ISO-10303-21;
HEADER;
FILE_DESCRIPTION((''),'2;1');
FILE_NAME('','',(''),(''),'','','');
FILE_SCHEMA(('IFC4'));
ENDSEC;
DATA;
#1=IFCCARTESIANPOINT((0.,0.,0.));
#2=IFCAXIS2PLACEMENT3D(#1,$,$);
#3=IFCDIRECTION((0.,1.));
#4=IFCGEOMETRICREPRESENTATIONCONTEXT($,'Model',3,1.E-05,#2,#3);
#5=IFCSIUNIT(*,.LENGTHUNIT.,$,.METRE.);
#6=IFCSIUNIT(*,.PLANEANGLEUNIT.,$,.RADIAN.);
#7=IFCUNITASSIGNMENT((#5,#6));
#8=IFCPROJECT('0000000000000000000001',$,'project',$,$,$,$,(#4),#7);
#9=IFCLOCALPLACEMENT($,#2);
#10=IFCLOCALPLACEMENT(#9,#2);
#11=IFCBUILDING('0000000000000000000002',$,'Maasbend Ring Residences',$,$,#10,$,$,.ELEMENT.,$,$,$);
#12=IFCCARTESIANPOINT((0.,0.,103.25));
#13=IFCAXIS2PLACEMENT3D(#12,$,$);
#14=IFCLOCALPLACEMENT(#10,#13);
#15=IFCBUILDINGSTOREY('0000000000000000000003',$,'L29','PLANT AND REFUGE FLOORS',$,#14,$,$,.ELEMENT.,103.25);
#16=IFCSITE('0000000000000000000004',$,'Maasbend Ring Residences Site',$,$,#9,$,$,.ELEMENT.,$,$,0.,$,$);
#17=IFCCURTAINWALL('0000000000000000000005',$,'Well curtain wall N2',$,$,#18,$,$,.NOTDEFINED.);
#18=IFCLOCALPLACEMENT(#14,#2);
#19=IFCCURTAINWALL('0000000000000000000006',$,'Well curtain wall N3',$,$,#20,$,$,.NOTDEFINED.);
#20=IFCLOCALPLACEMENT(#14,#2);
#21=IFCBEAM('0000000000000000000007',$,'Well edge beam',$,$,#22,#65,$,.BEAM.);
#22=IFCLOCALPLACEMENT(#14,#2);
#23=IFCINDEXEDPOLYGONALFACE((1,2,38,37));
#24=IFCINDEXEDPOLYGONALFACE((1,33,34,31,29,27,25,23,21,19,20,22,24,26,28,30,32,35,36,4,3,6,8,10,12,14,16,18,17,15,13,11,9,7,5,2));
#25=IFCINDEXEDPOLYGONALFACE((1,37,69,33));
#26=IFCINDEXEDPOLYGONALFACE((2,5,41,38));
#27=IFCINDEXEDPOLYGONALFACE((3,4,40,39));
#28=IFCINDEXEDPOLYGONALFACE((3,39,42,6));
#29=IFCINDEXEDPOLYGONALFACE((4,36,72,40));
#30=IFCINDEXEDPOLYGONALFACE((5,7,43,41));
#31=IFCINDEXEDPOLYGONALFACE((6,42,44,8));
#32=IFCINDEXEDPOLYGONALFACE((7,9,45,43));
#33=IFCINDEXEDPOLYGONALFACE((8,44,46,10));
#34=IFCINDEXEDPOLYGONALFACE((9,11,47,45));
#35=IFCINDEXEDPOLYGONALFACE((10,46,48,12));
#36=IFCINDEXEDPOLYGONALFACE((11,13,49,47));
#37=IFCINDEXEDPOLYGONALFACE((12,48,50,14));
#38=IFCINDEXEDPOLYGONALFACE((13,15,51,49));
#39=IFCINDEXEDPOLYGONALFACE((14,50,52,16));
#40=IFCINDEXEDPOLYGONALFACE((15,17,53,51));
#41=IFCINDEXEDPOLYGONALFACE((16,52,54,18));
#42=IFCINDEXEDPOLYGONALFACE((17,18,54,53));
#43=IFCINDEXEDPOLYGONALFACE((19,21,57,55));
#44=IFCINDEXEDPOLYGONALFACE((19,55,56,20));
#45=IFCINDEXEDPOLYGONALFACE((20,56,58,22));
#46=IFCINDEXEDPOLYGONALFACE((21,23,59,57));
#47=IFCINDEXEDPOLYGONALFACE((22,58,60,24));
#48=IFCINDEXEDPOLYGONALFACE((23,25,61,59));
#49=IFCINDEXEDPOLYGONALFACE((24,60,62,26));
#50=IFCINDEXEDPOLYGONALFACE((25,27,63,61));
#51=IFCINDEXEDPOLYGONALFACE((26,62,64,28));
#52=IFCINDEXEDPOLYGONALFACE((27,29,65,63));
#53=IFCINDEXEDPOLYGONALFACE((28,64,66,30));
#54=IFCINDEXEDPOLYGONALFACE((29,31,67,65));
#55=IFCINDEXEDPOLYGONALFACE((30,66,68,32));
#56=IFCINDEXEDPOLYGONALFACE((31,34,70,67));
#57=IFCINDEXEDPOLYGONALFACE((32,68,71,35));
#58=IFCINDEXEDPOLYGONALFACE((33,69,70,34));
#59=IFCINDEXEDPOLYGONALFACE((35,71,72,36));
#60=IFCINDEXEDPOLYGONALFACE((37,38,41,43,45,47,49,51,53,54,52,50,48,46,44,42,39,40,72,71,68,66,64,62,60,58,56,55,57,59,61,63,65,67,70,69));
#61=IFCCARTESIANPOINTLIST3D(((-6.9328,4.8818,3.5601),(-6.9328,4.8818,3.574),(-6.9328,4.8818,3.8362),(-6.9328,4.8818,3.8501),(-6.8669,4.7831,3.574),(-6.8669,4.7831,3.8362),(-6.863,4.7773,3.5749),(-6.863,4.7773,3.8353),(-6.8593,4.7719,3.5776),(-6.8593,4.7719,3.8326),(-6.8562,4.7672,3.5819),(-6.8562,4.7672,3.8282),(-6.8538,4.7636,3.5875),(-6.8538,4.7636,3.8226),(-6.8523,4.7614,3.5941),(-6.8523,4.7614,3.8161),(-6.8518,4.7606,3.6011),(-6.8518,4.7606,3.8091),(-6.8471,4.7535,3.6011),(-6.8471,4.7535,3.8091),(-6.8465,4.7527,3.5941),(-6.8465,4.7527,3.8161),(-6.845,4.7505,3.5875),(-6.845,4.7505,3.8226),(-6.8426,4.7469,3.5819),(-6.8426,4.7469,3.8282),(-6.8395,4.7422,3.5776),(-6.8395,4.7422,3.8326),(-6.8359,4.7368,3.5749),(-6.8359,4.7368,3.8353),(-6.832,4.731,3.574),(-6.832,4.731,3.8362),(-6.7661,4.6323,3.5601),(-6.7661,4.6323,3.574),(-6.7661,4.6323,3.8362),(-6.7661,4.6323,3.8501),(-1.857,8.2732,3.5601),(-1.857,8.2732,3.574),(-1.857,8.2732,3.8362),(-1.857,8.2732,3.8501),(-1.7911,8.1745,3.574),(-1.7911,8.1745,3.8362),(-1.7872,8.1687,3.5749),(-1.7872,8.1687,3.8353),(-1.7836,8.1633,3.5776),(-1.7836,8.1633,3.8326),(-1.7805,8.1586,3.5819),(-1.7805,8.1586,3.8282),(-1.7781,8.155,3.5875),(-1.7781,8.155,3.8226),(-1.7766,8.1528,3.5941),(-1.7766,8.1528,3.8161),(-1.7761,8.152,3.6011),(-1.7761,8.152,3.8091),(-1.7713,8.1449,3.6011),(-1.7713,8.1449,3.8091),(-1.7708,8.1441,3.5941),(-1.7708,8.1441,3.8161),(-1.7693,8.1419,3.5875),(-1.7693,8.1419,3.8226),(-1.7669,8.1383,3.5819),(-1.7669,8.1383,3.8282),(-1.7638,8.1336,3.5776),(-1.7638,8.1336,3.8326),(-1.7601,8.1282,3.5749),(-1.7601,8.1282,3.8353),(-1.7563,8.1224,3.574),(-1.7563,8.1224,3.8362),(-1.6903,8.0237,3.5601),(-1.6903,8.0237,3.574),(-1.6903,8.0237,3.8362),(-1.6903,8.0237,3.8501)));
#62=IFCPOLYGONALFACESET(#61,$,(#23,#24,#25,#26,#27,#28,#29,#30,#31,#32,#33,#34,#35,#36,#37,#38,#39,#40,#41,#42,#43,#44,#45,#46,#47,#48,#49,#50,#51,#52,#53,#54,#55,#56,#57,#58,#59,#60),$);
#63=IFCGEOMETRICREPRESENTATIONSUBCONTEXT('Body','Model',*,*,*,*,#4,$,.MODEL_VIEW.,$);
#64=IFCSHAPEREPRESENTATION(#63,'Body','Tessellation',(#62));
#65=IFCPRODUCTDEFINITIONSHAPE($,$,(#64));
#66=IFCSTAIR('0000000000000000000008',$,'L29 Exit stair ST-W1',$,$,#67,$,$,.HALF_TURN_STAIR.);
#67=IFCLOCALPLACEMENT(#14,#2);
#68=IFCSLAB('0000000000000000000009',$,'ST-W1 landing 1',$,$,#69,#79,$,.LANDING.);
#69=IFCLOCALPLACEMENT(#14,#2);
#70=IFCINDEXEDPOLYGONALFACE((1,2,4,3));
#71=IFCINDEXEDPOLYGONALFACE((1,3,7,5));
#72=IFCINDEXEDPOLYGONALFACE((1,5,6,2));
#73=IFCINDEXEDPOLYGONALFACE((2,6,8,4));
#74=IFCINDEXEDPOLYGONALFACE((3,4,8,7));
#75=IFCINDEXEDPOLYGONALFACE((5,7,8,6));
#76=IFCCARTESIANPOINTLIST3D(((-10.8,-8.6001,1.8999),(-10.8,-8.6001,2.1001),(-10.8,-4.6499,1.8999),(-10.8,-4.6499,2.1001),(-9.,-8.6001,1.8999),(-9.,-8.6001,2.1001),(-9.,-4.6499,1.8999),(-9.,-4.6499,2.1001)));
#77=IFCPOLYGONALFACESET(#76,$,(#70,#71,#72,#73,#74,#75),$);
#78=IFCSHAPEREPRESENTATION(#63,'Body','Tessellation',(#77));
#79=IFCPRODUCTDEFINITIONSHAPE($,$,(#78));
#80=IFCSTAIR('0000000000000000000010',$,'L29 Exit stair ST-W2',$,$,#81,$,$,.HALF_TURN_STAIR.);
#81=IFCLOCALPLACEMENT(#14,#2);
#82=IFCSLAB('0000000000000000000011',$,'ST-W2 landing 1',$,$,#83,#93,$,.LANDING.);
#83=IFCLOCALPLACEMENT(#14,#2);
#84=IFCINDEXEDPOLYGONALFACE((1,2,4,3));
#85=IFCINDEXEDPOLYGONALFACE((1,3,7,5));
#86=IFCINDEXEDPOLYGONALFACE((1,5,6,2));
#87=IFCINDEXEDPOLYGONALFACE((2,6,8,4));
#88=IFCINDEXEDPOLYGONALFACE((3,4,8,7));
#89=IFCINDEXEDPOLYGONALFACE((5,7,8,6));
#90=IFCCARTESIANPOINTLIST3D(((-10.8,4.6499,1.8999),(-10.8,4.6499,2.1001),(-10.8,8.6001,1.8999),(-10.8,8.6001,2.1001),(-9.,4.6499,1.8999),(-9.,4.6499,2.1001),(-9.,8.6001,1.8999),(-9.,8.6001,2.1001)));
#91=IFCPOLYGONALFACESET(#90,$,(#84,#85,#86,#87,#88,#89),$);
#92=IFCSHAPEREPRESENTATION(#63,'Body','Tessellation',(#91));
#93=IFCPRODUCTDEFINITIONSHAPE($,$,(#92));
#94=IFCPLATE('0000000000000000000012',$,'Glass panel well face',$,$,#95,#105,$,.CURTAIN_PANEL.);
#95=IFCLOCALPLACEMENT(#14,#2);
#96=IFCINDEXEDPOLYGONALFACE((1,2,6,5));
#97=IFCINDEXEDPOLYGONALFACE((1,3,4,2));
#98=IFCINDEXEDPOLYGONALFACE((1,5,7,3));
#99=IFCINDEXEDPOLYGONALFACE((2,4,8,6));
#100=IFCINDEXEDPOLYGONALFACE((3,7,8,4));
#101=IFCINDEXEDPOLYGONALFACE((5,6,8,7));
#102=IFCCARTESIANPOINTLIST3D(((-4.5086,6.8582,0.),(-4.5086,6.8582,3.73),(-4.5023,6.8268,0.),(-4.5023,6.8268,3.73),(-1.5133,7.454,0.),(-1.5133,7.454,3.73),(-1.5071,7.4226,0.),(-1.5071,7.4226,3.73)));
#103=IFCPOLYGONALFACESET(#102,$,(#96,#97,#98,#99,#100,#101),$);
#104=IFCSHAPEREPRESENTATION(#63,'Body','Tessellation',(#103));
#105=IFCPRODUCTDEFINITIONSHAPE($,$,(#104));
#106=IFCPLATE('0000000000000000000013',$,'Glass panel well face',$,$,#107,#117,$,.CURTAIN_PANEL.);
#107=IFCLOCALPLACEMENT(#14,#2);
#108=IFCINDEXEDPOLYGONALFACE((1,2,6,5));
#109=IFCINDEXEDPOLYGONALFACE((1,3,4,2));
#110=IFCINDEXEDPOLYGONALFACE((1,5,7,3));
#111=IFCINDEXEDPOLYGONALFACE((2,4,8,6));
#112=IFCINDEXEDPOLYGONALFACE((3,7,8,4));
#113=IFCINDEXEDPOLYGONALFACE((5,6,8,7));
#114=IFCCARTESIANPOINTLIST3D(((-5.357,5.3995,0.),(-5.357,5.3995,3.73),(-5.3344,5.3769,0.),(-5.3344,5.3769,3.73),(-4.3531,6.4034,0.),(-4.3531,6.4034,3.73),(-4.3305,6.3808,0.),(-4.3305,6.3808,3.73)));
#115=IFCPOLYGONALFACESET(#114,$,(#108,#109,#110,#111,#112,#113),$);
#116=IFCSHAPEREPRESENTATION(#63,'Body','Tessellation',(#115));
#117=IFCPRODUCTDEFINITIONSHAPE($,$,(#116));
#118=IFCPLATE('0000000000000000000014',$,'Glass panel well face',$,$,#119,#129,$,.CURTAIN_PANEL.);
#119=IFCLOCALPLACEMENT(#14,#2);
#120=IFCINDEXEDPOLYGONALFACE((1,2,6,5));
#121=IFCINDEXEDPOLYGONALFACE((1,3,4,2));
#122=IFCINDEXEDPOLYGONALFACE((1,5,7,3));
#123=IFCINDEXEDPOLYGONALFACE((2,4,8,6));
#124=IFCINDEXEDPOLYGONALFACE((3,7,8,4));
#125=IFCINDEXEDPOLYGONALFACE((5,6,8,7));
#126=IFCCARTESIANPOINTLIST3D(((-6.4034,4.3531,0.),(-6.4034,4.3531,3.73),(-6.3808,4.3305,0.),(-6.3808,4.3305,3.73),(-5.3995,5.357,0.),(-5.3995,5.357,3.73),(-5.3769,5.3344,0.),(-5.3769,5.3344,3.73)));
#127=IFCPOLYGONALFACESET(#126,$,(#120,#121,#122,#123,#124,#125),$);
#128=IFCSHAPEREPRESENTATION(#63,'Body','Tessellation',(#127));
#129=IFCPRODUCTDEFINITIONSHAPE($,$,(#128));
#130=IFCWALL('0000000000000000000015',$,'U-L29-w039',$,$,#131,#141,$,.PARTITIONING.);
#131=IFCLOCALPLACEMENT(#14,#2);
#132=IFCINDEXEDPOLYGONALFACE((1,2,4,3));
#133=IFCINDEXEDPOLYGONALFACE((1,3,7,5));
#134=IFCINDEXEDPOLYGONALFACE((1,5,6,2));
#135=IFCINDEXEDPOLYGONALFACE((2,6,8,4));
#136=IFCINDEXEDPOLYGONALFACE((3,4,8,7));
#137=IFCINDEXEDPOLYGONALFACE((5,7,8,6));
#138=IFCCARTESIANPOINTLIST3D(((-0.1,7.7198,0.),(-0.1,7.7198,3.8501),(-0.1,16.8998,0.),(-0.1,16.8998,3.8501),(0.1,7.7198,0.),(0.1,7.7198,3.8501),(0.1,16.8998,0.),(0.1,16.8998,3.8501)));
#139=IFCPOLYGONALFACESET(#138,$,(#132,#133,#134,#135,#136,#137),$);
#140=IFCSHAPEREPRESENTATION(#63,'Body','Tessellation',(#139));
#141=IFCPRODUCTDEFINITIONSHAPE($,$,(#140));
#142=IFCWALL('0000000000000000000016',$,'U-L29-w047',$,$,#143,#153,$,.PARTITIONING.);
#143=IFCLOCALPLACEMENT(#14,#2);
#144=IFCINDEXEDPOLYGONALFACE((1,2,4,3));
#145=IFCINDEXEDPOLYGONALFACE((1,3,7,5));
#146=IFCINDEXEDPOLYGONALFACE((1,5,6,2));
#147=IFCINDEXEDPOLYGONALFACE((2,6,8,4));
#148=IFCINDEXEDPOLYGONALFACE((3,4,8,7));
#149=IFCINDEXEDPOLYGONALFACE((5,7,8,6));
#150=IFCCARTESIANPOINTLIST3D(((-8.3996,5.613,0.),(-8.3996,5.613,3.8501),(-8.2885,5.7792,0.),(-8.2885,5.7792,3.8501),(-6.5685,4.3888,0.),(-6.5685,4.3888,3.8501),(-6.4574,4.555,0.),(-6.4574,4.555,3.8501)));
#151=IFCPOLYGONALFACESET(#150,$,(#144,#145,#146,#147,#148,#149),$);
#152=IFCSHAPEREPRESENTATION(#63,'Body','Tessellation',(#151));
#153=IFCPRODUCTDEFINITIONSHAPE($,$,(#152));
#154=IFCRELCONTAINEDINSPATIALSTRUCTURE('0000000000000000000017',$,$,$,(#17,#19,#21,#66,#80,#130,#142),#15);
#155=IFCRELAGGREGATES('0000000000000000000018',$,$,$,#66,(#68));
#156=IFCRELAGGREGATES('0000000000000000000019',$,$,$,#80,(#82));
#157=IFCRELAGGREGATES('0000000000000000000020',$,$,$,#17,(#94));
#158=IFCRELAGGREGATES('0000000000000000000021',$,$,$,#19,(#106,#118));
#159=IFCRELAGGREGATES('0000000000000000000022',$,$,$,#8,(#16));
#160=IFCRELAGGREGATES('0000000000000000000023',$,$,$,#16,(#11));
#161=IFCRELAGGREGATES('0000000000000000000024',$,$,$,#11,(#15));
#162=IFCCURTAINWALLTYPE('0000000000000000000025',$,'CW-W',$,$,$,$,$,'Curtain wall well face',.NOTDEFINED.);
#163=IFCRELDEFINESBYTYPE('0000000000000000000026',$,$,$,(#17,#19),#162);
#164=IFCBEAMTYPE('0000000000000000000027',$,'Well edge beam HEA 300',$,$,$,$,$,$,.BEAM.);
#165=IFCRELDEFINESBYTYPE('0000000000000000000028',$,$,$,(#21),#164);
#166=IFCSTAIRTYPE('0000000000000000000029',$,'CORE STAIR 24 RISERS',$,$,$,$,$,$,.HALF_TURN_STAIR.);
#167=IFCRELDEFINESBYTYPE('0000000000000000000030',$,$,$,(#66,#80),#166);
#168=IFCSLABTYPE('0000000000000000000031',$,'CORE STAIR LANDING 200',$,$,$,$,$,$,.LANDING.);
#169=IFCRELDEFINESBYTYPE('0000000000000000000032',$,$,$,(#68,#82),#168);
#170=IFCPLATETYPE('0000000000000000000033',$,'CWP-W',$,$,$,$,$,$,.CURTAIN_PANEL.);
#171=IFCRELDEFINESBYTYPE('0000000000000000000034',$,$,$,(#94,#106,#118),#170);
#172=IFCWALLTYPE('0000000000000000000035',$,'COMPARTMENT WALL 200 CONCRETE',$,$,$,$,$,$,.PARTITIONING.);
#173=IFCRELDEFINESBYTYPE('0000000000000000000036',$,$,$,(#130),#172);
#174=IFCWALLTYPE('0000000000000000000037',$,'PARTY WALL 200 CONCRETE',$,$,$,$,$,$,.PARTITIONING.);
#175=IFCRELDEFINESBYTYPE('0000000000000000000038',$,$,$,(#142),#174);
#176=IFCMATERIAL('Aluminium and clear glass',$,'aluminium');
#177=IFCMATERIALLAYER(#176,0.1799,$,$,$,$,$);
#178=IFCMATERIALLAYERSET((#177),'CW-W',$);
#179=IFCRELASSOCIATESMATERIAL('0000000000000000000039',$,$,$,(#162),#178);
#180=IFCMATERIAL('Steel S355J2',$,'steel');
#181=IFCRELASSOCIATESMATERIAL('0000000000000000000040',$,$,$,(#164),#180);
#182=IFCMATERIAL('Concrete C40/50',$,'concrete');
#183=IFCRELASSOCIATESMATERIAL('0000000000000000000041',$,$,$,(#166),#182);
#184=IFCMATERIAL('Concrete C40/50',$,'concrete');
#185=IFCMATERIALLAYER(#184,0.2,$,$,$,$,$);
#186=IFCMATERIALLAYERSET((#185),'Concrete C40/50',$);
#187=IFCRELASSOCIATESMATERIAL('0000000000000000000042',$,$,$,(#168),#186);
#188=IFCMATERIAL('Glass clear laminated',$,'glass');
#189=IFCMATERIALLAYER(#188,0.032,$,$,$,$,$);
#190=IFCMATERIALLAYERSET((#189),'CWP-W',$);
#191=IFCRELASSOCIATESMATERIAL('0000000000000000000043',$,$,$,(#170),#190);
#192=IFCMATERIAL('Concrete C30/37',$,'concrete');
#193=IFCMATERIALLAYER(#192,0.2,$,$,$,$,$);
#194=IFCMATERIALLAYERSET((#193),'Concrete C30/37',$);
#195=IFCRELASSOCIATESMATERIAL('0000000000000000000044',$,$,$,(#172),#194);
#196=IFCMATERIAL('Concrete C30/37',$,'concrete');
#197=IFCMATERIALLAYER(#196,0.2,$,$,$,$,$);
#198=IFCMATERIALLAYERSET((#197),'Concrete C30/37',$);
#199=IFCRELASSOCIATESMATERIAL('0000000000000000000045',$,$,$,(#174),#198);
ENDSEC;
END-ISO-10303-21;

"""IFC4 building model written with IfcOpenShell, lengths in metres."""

from ifc_helpers import new_model, si_unit, direction, frame, frame_2d, origin, origin_2d, place, context, subcontext, project, spatial, polyline, rectangle, i_section, outline, extrude, material, layer, layer_set, material_profile, profile_set, type_object, element, aggregate, save


model = new_model("IFC4")

# Units and contexts
model_context = context("Model", 3, precision=1e-05, world=origin(), true_north=direction((0.0, 1.0)))
body_context = subcontext(model_context, "Body", "Model", "MODEL_VIEW")
ifc_project = project(units=[si_unit("LENGTHUNIT", "METRE"), si_unit("PLANEANGLEUNIT", "RADIAN")], contexts=[model_context])

# Site, building, storey
site_placement = place(None, origin())
site = spatial("IfcSite", under=ifc_project, at=site_placement, Name="Maasbend Ring Residences Site", CompositionType="ELEMENT", RefElevation=0.0)
building_placement = place(site_placement, origin())
building = spatial("IfcBuilding", under=site, at=building_placement, Name="Maasbend Ring Residences", CompositionType="ELEMENT")
storey_placement = place(building_placement, frame((0.0, 0.0, 103.25)))
storey = spatial("IfcBuildingStorey", under=building, at=storey_placement, Name="L29", Description="PLANT AND REFUGE FLOORS", CompositionType="ELEMENT", Elevation=103.25)

# Curtain walls
ifc_material_1 = material(Name="Aluminium and clear glass", Category="aluminium")
ifc_layer_1 = layer(ifc_material_1, 0.1799)
ifc_layer_set_1 = layer_set([ifc_layer_1], Name="CW-W")
curtain_wall_type = type_object("IfcCurtainWallType", Name="CW-W", ElementType="Curtain wall well face", PredefinedType="NOTDEFINED", material=ifc_layer_set_1)
curtain_wall_1_placement = place(storey_placement, origin())
curtain_wall_1 = element("IfcCurtainWall", 1, at=curtain_wall_1_placement, inside=storey, type_object=curtain_wall_type, Name="Well curtain wall N2", PredefinedType="NOTDEFINED")
curtain_wall_2_placement = place(storey_placement, origin())
curtain_wall_2 = element("IfcCurtainWall", 2, at=curtain_wall_2_placement, inside=storey, type_object=curtain_wall_type, Name="Well curtain wall N3", PredefinedType="NOTDEFINED")

# Beam
ifc_material_2 = material(Name="Steel S355J2", Category="steel")
ifc_material_profile_1 = material_profile(ifc_material_2, i_section(OverallWidth=0.3, OverallDepth=0.29, WebThickness=0.0085, FlangeThickness=0.0139, FilletRadius=0.0271, at=origin_2d()), Name="HEA 300")
ifc_profile_set_1 = profile_set([ifc_material_profile_1], Name="Steel S355J2")
beam_type = type_object("IfcBeamType", Name="Well edge beam HEA 300", PredefinedType="BEAM", material=ifc_profile_set_1)
beam_placement = place(storey_placement, frame((-1.7737, 8.1484, 3.7051), z_axis=(-0.831478, -0.555558, 0.0), x_axis=(0.555558, -0.831478, 0.0)))
element("IfcBeam", 3, at=beam_placement, inside=storey, type_object=beam_type, Name="Well edge beam", PredefinedType="BEAM", context=body_context, shape_type="SweptSolid", body=[
    extrude(i_section(OverallWidth=0.3, OverallDepth=0.29, WebThickness=0.0085, FlangeThickness=0.0139, FilletRadius=0.0271, at=origin_2d()), origin(), (0.0, 0.0, 1.0), 6.1045),
])

# Stairs, slabs
ifc_material_3 = material(Name="Concrete C40/50", Category="concrete")
stair_type = type_object("IfcStairType", Name="CORE STAIR 24 RISERS", PredefinedType="HALF_TURN_STAIR", material=ifc_material_3)
stair_1_placement = place(storey_placement, origin())
stair_1 = element("IfcStair", 4, at=stair_1_placement, inside=storey, type_object=stair_type, Name="L29 Exit stair ST-W1", PredefinedType="HALF_TURN_STAIR")
ifc_material_4 = material(Name="Concrete C40/50", Category="concrete")
ifc_layer_2 = layer(ifc_material_4, 0.2)
ifc_layer_set_2 = layer_set([ifc_layer_2], Name="Concrete C40/50")
slab_type = type_object("IfcSlabType", Name="CORE STAIR LANDING 200", PredefinedType="LANDING", material=ifc_layer_set_2)
slab_1_placement = place(storey_placement, frame((0.0, 0.0, 1.8999)))
slab_1 = element("IfcSlab", 5, at=slab_1_placement, type_object=slab_type, Name="ST-W1 landing 1", PredefinedType="LANDING", context=body_context, shape_type="SweptSolid", body=[
    extrude(outline(polyline([(-10.8, -8.6001), (-9.0, -8.6001), (-9.0, -4.6499), (-10.8, -4.6499), (-10.8, -8.6001)])), origin(), (0.0, 0.0, 1.0), 0.2002),
])
aggregate(stair_1, [slab_1])
stair_2_placement = place(storey_placement, origin())
stair_2 = element("IfcStair", 6, at=stair_2_placement, inside=storey, type_object=stair_type, Name="L29 Exit stair ST-W2", PredefinedType="HALF_TURN_STAIR")
slab_2_placement = place(storey_placement, frame((0.0, 0.0, 1.8999)))
slab_2 = element("IfcSlab", 7, at=slab_2_placement, type_object=slab_type, Name="ST-W2 landing 1", PredefinedType="LANDING", context=body_context, shape_type="SweptSolid", body=[
    extrude(outline(polyline([(-10.8, 4.6499), (-9.0, 4.6499), (-9.0, 8.6001), (-10.8, 8.6001), (-10.8, 4.6499)])), origin(), (0.0, 0.0, 1.0), 0.2002),
])
aggregate(stair_2, [slab_2])

# Plates
ifc_material_5 = material(Name="Glass clear laminated", Category="glass")
ifc_layer_3 = layer(ifc_material_5, 0.032)
ifc_layer_set_3 = layer_set([ifc_layer_3], Name="CWP-W")
plate_type = type_object("IfcPlateType", Name="CWP-W", PredefinedType="CURTAIN_PANEL", material=ifc_layer_set_3)
plate_1_placement = place(storey_placement, frame((-3.0078, 7.1404, 0.0), z_axis=(0.0, 0.0, 1.0), x_axis=(-0.980785, -0.19509, 0.0)))
plate_1 = element("IfcPlate", 8, at=plate_1_placement, type_object=plate_type, Name="Glass panel well face", PredefinedType="CURTAIN_PANEL", context=body_context, shape_type="SweptSolid", body=[
    extrude(rectangle(XDim=3.054, YDim=0.032, at=origin_2d()), origin(), (0.0, 0.0, 1.0), 3.73),
])
aggregate(curtain_wall_1, [plate_1])
plate_2_placement = place(storey_placement, frame((-4.8438, 5.8901, 0.0), z_axis=(0.0, 0.0, 1.0), x_axis=(-0.707107, -0.707107, 0.0)))
plate_2 = element("IfcPlate", 9, at=plate_2_placement, type_object=plate_type, Name="Glass panel well face", PredefinedType="CURTAIN_PANEL", context=body_context, shape_type="SweptSolid", body=[
    extrude(rectangle(XDim=1.4197, YDim=0.032, at=origin_2d()), origin(), (0.0, 0.0, 1.0), 3.73),
])
plate_3_placement = place(storey_placement, frame((-5.8901, 4.8438, 0.0), z_axis=(0.0, 0.0, 1.0), x_axis=(-0.707107, -0.707107, 0.0)))
plate_3 = element("IfcPlate", 10, at=plate_3_placement, type_object=plate_type, Name="Glass panel well face", PredefinedType="CURTAIN_PANEL", context=body_context, shape_type="SweptSolid", body=[
    extrude(rectangle(XDim=1.4197, YDim=0.032, at=origin_2d()), origin(), (0.0, 0.0, 1.0), 3.73),
])
aggregate(curtain_wall_2, [plate_2, plate_3])

# Walls
ifc_material_6 = material(Name="Concrete C30/37", Category="concrete")
ifc_layer_4 = layer(ifc_material_6, 0.2)
ifc_layer_set_4 = layer_set([ifc_layer_4], Name="Concrete C30/37")
wall_type_1 = type_object("IfcWallType", Name="COMPARTMENT WALL 200 CONCRETE", PredefinedType="PARTITIONING", material=ifc_layer_set_4)
wall_1_placement = place(storey_placement, frame((0.0, 7.72, 0.0), z_axis=(0.0, 0.0, 1.0), x_axis=(0.0, 1.0, 0.0)))
element("IfcWall", 11, at=wall_1_placement, inside=storey, type_object=wall_type_1, Name="U-L29-w039", PredefinedType="PARTITIONING", context=body_context, shape_type="SweptSolid", body=[
    extrude(rectangle(XDim=9.1799, YDim=0.2, at=frame_2d((4.5898, 0.0))), origin(), (0.0, 0.0, 1.0), 3.8501),
])
ifc_material_7 = material(Name="Concrete C30/37", Category="concrete")
ifc_layer_5 = layer(ifc_material_7, 0.2)
ifc_layer_set_5 = layer_set([ifc_layer_5], Name="Concrete C30/37")
wall_type_2 = type_object("IfcWallType", Name="PARTY WALL 200 CONCRETE", PredefinedType="PARTITIONING", material=ifc_layer_set_5)
wall_2_placement = place(storey_placement, frame((-6.5129, 4.4719, 0.0), z_axis=(0.0, 0.0, 1.0), x_axis=(-0.831333, 0.555774, 0.0)))
element("IfcWall", 12, at=wall_2_placement, inside=storey, type_object=wall_type_2, Name="U-L29-w047", PredefinedType="PARTITIONING", context=body_context, shape_type="SweptSolid", body=[
    extrude(rectangle(XDim=2.2026, YDim=0.2, at=frame_2d((1.1013, 0.0))), origin(), (0.0, 0.0, 1.0), 3.8501),
])

save(model, "model.ifc")
